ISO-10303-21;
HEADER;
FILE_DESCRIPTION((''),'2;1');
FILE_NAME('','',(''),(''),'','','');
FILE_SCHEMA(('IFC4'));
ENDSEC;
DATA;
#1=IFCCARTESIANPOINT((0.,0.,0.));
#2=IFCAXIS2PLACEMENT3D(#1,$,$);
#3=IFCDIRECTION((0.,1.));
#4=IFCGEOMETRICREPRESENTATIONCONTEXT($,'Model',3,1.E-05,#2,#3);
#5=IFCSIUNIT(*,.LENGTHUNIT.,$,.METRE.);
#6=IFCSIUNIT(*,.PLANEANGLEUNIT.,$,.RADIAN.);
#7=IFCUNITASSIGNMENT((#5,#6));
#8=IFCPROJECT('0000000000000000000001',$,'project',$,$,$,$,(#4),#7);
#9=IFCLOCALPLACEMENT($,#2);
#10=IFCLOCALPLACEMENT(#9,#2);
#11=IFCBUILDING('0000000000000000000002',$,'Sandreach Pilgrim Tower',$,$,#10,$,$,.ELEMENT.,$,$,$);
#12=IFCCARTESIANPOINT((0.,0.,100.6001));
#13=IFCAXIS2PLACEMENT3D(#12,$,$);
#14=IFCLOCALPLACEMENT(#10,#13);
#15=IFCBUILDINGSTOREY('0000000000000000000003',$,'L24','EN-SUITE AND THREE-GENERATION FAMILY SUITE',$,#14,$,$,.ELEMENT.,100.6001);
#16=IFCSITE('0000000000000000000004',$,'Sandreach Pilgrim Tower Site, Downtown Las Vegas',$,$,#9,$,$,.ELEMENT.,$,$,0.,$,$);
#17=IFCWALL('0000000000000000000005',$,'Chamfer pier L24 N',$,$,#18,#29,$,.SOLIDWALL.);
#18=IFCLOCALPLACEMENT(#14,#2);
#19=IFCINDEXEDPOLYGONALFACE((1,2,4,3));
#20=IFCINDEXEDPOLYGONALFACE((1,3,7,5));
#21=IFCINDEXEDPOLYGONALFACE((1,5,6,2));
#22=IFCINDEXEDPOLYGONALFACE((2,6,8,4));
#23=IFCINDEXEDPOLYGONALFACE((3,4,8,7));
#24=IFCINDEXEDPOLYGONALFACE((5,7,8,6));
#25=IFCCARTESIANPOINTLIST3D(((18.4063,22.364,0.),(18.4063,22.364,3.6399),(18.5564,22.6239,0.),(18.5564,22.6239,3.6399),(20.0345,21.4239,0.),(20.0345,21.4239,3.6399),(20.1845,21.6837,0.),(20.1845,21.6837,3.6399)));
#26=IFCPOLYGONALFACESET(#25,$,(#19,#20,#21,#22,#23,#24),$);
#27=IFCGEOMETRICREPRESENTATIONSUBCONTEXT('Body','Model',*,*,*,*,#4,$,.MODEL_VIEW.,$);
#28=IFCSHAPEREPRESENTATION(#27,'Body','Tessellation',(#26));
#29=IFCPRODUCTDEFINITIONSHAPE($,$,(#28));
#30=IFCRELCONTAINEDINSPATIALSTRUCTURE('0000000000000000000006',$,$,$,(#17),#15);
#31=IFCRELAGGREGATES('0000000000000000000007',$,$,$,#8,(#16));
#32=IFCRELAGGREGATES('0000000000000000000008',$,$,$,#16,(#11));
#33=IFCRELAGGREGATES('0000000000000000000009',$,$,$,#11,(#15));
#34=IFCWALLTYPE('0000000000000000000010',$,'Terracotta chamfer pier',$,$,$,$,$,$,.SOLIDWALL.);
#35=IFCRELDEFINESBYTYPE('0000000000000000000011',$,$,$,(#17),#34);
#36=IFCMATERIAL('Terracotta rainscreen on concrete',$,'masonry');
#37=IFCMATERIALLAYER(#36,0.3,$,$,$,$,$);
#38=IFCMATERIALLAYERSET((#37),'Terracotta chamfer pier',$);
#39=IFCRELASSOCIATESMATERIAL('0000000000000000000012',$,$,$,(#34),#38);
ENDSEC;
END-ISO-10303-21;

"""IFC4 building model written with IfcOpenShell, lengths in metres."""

from ifc_helpers import new_model, si_unit, direction, frame, frame_2d, origin, place, context, subcontext, project, spatial, rectangle, extrude, material, layer, layer_set, type_object, element, save


model = new_model("IFC4")

# Units and contexts
model_context = context("Model", 3, precision=1e-05, world=origin(), true_north=direction((0.0, 1.0)))
body_context = subcontext(model_context, "Body", "Model", "MODEL_VIEW")
ifc_project = project(units=[si_unit("LENGTHUNIT", "METRE"), si_unit("PLANEANGLEUNIT", "RADIAN")], contexts=[model_context])

# Site, building, storey
site_placement = place(None, origin())
site = spatial("IfcSite", under=ifc_project, at=site_placement, Name="Sandreach Pilgrim Tower Site, Downtown Las Vegas", CompositionType="ELEMENT", RefElevation=0.0)
building_placement = place(site_placement, origin())
building = spatial("IfcBuilding", under=site, at=building_placement, Name="Sandreach Pilgrim Tower", CompositionType="ELEMENT")
storey_placement = place(building_placement, frame((0.0, 0.0, 100.6001)))
storey = spatial("IfcBuildingStorey", under=building, at=storey_placement, Name="L24", Description="EN-SUITE AND THREE-GENERATION FAMILY SUITE", CompositionType="ELEMENT", Elevation=100.6001)

# Wall
ifc_material_1 = material(Name="Terracotta rainscreen on concrete", Category="masonry")
ifc_layer_1 = layer(ifc_material_1, 0.3)
ifc_layer_set_1 = layer_set([ifc_layer_1], Name="Terracotta chamfer pier")
wall_type_1 = type_object("IfcWallType", Name="Terracotta chamfer pier", PredefinedType="SOLIDWALL", material=ifc_layer_set_1)
wall_1_placement = place(storey_placement, frame((18.4814, 22.4939, 0.0), z_axis=(0.0, 0.0, 1.0), x_axis=(0.865989, -0.500063, 0.0)))
element("IfcWall", 1, at=wall_1_placement, inside=storey, type_object=wall_type_1, Name="Chamfer pier L24 N", PredefinedType="SOLIDWALL", context=body_context, shape_type="SweptSolid", body=[
    extrude(rectangle(XDim=1.8801, YDim=0.3, at=frame_2d((0.9399, 0.0))), origin(), (0.0, 0.0, 1.0), 3.6399),
])

save(model, "model.ifc")
